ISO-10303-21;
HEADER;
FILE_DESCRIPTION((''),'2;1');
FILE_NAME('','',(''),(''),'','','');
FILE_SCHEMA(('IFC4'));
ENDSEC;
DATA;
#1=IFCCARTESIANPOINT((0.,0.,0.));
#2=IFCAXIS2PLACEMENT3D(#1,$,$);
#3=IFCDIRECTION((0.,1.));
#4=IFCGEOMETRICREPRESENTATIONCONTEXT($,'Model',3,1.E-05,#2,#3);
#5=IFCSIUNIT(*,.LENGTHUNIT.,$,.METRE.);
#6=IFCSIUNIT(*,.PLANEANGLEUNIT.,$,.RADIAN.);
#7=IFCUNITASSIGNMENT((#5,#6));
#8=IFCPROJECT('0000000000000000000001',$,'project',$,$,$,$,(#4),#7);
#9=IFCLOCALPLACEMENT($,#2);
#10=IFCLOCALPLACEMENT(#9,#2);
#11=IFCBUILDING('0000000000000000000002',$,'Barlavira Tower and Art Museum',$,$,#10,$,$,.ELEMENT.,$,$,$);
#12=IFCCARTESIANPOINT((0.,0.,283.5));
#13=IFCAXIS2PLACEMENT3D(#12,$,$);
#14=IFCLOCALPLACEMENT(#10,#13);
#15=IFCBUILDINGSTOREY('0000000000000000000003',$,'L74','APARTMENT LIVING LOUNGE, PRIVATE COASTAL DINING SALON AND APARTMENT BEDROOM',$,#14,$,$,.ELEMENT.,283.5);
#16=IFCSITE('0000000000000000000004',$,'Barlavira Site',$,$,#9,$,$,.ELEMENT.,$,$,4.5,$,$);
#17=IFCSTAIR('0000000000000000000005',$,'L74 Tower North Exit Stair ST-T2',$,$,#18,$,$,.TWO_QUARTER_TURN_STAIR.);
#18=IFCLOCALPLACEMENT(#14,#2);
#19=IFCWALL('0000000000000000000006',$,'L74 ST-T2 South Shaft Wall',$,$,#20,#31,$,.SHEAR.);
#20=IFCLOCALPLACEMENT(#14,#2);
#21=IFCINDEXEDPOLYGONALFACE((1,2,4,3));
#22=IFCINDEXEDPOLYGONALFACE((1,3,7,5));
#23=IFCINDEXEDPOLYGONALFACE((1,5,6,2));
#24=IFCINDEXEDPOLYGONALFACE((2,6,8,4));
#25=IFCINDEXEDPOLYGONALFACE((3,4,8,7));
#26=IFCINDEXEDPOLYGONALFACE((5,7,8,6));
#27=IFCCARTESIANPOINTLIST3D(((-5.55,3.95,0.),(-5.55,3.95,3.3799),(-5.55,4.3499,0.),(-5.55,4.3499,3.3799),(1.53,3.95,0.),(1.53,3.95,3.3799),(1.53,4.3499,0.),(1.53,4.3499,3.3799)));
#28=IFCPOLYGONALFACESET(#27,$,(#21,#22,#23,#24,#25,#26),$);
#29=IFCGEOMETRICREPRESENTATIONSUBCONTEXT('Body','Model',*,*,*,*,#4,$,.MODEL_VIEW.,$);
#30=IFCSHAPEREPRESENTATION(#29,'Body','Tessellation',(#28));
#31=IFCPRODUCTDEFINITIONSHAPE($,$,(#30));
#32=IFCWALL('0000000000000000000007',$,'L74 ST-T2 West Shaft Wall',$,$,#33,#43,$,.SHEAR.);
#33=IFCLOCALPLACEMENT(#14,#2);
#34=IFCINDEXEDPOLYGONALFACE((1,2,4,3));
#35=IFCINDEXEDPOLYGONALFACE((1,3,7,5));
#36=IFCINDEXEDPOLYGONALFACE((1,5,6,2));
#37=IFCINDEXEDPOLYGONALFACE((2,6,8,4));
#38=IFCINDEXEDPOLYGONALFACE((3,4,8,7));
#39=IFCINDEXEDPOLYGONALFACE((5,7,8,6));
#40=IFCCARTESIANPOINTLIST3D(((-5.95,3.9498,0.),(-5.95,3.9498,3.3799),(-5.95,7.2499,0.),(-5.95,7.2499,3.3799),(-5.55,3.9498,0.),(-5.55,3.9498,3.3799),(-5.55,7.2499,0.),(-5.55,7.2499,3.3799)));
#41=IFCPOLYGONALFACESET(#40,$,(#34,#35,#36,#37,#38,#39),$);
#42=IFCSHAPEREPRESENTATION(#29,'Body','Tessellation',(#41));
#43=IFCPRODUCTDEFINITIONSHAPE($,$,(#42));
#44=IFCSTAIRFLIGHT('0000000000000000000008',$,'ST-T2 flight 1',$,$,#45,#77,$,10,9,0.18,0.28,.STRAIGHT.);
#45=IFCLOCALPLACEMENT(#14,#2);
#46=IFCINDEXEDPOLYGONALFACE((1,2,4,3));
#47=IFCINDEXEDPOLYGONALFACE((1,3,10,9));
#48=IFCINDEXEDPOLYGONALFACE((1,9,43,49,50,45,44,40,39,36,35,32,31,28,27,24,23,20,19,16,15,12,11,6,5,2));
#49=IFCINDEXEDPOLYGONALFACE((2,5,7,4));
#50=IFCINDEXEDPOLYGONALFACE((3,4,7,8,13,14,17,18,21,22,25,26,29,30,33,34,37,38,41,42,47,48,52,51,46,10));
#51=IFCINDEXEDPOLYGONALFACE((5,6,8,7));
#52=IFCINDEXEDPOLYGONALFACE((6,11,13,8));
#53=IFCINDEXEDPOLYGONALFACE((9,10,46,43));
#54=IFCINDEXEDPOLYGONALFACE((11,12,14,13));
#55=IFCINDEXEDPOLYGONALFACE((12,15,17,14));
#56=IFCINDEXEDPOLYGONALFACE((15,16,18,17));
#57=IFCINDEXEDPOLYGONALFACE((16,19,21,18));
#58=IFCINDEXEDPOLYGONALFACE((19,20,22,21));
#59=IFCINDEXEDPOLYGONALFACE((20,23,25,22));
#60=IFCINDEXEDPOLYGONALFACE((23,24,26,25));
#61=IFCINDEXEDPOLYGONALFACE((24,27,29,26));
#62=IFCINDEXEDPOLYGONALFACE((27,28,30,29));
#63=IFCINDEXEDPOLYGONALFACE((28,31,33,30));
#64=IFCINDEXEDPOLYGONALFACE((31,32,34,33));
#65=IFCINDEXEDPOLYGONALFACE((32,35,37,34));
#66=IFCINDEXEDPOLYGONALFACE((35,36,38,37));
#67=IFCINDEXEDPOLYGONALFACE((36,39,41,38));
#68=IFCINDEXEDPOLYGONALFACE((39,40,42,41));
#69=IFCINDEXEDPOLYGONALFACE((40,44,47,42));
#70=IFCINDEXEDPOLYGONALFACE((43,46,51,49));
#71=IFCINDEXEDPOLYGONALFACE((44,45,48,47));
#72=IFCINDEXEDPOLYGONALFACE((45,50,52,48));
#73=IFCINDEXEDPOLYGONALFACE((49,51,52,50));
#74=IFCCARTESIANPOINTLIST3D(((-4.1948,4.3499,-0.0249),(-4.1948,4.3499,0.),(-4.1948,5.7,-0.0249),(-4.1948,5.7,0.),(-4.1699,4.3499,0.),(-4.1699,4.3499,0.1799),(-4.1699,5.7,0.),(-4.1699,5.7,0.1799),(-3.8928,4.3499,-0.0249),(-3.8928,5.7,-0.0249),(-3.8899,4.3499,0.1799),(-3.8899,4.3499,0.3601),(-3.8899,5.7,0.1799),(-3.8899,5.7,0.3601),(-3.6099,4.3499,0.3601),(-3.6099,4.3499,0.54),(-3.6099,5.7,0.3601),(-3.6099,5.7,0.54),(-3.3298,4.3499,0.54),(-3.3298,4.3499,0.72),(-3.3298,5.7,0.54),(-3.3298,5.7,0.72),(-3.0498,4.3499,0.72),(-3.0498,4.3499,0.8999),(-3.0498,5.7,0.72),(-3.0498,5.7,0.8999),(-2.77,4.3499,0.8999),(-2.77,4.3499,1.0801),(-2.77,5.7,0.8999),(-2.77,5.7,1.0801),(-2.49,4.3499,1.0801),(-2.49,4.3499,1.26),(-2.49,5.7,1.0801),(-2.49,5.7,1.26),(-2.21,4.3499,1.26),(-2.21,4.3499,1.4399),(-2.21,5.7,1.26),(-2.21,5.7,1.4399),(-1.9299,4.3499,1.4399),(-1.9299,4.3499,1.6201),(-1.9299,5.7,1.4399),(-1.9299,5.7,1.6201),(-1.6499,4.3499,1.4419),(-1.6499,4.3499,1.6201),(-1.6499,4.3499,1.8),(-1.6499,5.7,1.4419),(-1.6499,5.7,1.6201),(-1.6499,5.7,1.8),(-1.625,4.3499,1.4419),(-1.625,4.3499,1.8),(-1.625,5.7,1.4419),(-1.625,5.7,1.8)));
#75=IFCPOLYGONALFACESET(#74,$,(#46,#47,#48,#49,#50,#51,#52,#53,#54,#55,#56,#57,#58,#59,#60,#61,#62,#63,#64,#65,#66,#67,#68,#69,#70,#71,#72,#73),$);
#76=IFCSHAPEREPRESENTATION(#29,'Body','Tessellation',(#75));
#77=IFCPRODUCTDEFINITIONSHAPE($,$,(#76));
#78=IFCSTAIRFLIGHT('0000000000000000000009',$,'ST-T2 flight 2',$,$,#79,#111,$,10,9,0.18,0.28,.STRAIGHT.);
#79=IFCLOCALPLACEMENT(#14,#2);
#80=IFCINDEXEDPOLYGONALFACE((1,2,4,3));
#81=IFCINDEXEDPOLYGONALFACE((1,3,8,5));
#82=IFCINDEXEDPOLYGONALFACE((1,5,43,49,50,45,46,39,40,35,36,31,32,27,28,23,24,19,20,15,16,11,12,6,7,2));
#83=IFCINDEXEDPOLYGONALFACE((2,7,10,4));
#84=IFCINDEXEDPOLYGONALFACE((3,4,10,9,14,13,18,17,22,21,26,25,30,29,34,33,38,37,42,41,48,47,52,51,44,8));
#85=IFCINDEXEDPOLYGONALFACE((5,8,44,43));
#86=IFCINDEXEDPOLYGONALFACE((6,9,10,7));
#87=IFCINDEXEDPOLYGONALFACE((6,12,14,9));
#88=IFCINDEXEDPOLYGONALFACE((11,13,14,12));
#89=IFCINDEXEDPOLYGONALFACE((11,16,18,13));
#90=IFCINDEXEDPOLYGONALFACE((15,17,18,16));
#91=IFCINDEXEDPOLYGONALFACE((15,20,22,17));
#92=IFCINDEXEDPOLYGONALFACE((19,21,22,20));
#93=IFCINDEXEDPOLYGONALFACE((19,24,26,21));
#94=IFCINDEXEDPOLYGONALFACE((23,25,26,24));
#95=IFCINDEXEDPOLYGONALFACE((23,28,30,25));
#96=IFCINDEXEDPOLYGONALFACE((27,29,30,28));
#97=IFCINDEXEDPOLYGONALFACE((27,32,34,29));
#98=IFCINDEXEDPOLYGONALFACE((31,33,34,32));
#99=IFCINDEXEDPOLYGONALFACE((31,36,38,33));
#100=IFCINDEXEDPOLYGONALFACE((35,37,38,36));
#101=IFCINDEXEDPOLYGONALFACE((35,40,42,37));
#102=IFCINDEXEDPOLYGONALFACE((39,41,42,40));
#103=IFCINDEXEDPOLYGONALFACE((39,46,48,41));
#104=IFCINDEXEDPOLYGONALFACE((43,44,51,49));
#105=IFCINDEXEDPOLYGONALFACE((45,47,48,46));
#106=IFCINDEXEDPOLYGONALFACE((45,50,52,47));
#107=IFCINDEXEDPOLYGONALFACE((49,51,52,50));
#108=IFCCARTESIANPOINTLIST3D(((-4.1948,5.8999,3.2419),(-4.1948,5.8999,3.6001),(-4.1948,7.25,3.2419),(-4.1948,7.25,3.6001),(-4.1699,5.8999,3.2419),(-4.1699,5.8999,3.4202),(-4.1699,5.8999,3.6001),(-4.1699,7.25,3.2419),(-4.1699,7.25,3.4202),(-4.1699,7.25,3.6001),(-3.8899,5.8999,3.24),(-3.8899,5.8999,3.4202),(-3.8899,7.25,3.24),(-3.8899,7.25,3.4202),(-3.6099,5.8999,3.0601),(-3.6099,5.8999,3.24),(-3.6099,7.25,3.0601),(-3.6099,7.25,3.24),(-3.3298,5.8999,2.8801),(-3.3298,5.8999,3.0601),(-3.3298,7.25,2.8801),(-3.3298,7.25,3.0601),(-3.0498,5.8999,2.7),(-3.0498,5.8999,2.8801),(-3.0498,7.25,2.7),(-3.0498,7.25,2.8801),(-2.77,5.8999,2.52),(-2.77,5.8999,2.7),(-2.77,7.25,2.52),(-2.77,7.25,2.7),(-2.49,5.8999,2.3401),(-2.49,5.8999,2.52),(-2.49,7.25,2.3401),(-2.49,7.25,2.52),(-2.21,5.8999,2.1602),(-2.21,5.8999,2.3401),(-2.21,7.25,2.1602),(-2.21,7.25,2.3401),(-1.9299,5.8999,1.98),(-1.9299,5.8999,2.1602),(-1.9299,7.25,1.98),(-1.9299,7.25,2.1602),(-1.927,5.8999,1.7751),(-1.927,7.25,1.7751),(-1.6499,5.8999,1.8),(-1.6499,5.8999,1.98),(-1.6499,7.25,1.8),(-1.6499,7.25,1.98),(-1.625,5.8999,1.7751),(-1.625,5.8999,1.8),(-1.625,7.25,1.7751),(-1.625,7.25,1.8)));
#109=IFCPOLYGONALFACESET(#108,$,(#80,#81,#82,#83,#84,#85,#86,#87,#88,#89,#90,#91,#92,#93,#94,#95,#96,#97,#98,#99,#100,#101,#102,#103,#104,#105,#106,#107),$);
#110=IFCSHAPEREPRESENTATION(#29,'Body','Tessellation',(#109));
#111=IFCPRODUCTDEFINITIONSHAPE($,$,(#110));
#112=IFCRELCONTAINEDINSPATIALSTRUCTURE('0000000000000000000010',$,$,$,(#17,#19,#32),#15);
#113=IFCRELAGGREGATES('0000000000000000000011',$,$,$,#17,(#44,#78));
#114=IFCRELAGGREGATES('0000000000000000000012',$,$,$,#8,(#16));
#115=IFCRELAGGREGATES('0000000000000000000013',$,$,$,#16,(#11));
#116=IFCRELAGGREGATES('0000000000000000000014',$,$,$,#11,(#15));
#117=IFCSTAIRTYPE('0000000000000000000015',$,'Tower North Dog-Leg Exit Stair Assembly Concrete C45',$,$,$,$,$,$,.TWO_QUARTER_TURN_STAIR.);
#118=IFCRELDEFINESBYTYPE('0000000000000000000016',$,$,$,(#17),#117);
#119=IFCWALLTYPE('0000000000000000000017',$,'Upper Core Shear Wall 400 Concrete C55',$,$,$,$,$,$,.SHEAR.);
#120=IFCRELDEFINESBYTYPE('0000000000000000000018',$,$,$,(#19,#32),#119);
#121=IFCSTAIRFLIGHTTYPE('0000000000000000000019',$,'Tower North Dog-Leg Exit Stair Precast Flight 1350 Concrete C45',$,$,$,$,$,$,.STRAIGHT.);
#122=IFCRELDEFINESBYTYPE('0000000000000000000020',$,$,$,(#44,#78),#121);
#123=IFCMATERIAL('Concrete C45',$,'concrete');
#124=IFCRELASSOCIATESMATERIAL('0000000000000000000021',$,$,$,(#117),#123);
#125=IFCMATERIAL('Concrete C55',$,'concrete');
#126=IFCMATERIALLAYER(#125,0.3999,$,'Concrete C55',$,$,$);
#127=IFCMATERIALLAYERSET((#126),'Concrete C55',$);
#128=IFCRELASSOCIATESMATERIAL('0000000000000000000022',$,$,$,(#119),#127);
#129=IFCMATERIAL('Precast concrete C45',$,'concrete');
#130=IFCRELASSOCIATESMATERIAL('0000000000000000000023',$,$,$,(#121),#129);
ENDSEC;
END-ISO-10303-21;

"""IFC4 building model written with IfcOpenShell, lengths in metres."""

from ifc_helpers import new_model, si_unit, direction, frame, frame_2d, origin, place, context, subcontext, project, spatial, polyline, rectangle, outline, extrude, material, layer, layer_set, type_object, element, aggregate, save


model = new_model("IFC4")

# Units and contexts
model_context = context("Model", 3, precision=1e-05, world=origin(), true_north=direction((0.0, 1.0)))
body_context = subcontext(model_context, "Body", "Model", "MODEL_VIEW")
ifc_project = project(units=[si_unit("LENGTHUNIT", "METRE"), si_unit("PLANEANGLEUNIT", "RADIAN")], contexts=[model_context])

# Site, building, storey
site_placement = place(None, origin())
site = spatial("IfcSite", under=ifc_project, at=site_placement, Name="Barlavira Site", CompositionType="ELEMENT", RefElevation=4.5)
building_placement = place(site_placement, origin())
building = spatial("IfcBuilding", under=site, at=building_placement, Name="Barlavira Tower and Art Museum", CompositionType="ELEMENT")
storey_placement = place(building_placement, frame((0.0, 0.0, 283.5)))
storey = spatial("IfcBuildingStorey", under=building, at=storey_placement, Name="L74", Description="APARTMENT LIVING LOUNGE, PRIVATE COASTAL DINING SALON AND APARTMENT BEDROOM", CompositionType="ELEMENT", Elevation=283.5)

# Stair
ifc_material_1 = material(Name="Concrete C45", Category="concrete")
stair_type_1 = type_object("IfcStairType", Name="Tower North Dog-Leg Exit Stair Assembly Concrete C45", PredefinedType="TWO_QUARTER_TURN_STAIR", material=ifc_material_1)
stair_1_placement = place(storey_placement, origin())
stair_1 = element("IfcStair", 1, at=stair_1_placement, inside=storey, type_object=stair_type_1, Name="L74 Tower North Exit Stair ST-T2", PredefinedType="TWO_QUARTER_TURN_STAIR")

# Walls
ifc_material_2 = material(Name="Concrete C55", Category="concrete")
ifc_layer_1 = layer(ifc_material_2, 0.3999, Name="Concrete C55")
ifc_layer_set_1 = layer_set([ifc_layer_1], Name="Concrete C55")
wall_type_1 = type_object("IfcWallType", Name="Upper Core Shear Wall 400 Concrete C55", PredefinedType="SHEAR", material=ifc_layer_set_1)
wall_1_placement = place(storey_placement, frame((-5.55, 4.1499, 0.0), z_axis=(0.0, 0.0, 1.0), x_axis=(1.0, 0.0, 0.0)))
element("IfcWall", 2, at=wall_1_placement, inside=storey, type_object=wall_type_1, Name="L74 ST-T2 South Shaft Wall", PredefinedType="SHEAR", context=body_context, shape_type="SweptSolid", body=[
    extrude(rectangle(XDim=7.0801, YDim=0.3999, at=frame_2d((3.54, 0.0))), origin(), (0.0, 0.0, 1.0), 3.3799),
])
wall_2_placement = place(storey_placement, frame((-5.75, 3.95, 0.0), z_axis=(0.0, 0.0, 1.0), x_axis=(0.0, 1.0, 0.0)))
element("IfcWall", 3, at=wall_2_placement, inside=storey, type_object=wall_type_1, Name="L74 ST-T2 West Shaft Wall", PredefinedType="SHEAR", context=body_context, shape_type="SweptSolid", body=[
    extrude(rectangle(XDim=3.3, YDim=0.3999, at=frame_2d((1.6499, 0.0))), origin(), (0.0, 0.0, 1.0), 3.3799),
])

# Stair flights
ifc_material_3 = material(Name="Precast concrete C45", Category="concrete")
stair_flight_type = type_object("IfcStairFlightType", Name="Tower North Dog-Leg Exit Stair Precast Flight 1350 Concrete C45", PredefinedType="STRAIGHT", material=ifc_material_3)
stair_flight_1_placement = place(storey_placement, frame((-4.1699, 5.0249, 0.0), z_axis=(0.0, 0.0, 1.0), x_axis=(1.0, 0.0, 0.0)))
stair_flight_1 = element("IfcStairFlight", 4, at=stair_flight_1_placement, type_object=stair_flight_type, Name="ST-T2 flight 1", NumberOfRisers=10, NumberOfTreads=9, PredefinedType="STRAIGHT", RiserHeight=0.18, TreadLength=0.28, context=body_context, shape_type="SweptSolid", body=[
    extrude(outline(polyline([(-0.0249, 0.0), (0.0, 0.0), (0.0, 0.1799), (0.28, 0.1799), (0.28, 0.3601), (0.5601, 0.3601), (0.5601, 0.54), (0.8401, 0.54), (0.8401, 0.72), (1.1201, 0.72), (1.1201, 0.8999), (1.3999, 0.8999), (1.3999, 1.0801), (1.6799, 1.0801), (1.6799, 1.26), (1.96, 1.26), (1.96, 1.4399), (2.24, 1.4399), (2.24, 1.6201), (2.52, 1.6201), (2.52, 1.8), (2.5449, 1.8), (2.5449, 1.4419), (2.52, 1.4419), (0.2771, -0.0249), (-0.0249, -0.0249), (-0.0249, 0.0)])), frame((0.0, 0.675, 0.0), z_axis=(0.0, -1.0, 0.0), x_axis=(1.0, 0.0, 0.0)), (0.0, 0.0, 1.0), 1.3501),
])
stair_flight_2_placement = place(storey_placement, frame((-1.6499, 6.575, 1.8), z_axis=(0.0, 0.0, 1.0), x_axis=(-1.0, 0.0, 0.0)))
stair_flight_2 = element("IfcStairFlight", 5, at=stair_flight_2_placement, type_object=stair_flight_type, Name="ST-T2 flight 2", NumberOfRisers=10, NumberOfTreads=9, PredefinedType="STRAIGHT", RiserHeight=0.18, TreadLength=0.28, context=body_context, shape_type="SweptSolid", body=[
    extrude(outline(polyline([(-0.0249, 0.0), (0.0, 0.0), (0.0, 0.1799), (0.28, 0.1799), (0.28, 0.3601), (0.5601, 0.3601), (0.5601, 0.54), (0.8401, 0.54), (0.8401, 0.72), (1.1201, 0.72), (1.1201, 0.8999), (1.3999, 0.8999), (1.3999, 1.0801), (1.6799, 1.0801), (1.6799, 1.26), (1.96, 1.26), (1.96, 1.4399), (2.24, 1.4399), (2.24, 1.6201), (2.52, 1.6201), (2.52, 1.8), (2.5449, 1.8), (2.5449, 1.4419), (2.52, 1.4419), (0.2771, -0.0249), (-0.0249, -0.0249), (-0.0249, 0.0)])), frame((0.0, 0.675, 0.0), z_axis=(0.0, -1.0, 0.0), x_axis=(1.0, 0.0, 0.0)), (0.0, 0.0, 1.0), 1.3501),
])
aggregate(stair_1, [stair_flight_1, stair_flight_2])

save(model, "model.ifc")
